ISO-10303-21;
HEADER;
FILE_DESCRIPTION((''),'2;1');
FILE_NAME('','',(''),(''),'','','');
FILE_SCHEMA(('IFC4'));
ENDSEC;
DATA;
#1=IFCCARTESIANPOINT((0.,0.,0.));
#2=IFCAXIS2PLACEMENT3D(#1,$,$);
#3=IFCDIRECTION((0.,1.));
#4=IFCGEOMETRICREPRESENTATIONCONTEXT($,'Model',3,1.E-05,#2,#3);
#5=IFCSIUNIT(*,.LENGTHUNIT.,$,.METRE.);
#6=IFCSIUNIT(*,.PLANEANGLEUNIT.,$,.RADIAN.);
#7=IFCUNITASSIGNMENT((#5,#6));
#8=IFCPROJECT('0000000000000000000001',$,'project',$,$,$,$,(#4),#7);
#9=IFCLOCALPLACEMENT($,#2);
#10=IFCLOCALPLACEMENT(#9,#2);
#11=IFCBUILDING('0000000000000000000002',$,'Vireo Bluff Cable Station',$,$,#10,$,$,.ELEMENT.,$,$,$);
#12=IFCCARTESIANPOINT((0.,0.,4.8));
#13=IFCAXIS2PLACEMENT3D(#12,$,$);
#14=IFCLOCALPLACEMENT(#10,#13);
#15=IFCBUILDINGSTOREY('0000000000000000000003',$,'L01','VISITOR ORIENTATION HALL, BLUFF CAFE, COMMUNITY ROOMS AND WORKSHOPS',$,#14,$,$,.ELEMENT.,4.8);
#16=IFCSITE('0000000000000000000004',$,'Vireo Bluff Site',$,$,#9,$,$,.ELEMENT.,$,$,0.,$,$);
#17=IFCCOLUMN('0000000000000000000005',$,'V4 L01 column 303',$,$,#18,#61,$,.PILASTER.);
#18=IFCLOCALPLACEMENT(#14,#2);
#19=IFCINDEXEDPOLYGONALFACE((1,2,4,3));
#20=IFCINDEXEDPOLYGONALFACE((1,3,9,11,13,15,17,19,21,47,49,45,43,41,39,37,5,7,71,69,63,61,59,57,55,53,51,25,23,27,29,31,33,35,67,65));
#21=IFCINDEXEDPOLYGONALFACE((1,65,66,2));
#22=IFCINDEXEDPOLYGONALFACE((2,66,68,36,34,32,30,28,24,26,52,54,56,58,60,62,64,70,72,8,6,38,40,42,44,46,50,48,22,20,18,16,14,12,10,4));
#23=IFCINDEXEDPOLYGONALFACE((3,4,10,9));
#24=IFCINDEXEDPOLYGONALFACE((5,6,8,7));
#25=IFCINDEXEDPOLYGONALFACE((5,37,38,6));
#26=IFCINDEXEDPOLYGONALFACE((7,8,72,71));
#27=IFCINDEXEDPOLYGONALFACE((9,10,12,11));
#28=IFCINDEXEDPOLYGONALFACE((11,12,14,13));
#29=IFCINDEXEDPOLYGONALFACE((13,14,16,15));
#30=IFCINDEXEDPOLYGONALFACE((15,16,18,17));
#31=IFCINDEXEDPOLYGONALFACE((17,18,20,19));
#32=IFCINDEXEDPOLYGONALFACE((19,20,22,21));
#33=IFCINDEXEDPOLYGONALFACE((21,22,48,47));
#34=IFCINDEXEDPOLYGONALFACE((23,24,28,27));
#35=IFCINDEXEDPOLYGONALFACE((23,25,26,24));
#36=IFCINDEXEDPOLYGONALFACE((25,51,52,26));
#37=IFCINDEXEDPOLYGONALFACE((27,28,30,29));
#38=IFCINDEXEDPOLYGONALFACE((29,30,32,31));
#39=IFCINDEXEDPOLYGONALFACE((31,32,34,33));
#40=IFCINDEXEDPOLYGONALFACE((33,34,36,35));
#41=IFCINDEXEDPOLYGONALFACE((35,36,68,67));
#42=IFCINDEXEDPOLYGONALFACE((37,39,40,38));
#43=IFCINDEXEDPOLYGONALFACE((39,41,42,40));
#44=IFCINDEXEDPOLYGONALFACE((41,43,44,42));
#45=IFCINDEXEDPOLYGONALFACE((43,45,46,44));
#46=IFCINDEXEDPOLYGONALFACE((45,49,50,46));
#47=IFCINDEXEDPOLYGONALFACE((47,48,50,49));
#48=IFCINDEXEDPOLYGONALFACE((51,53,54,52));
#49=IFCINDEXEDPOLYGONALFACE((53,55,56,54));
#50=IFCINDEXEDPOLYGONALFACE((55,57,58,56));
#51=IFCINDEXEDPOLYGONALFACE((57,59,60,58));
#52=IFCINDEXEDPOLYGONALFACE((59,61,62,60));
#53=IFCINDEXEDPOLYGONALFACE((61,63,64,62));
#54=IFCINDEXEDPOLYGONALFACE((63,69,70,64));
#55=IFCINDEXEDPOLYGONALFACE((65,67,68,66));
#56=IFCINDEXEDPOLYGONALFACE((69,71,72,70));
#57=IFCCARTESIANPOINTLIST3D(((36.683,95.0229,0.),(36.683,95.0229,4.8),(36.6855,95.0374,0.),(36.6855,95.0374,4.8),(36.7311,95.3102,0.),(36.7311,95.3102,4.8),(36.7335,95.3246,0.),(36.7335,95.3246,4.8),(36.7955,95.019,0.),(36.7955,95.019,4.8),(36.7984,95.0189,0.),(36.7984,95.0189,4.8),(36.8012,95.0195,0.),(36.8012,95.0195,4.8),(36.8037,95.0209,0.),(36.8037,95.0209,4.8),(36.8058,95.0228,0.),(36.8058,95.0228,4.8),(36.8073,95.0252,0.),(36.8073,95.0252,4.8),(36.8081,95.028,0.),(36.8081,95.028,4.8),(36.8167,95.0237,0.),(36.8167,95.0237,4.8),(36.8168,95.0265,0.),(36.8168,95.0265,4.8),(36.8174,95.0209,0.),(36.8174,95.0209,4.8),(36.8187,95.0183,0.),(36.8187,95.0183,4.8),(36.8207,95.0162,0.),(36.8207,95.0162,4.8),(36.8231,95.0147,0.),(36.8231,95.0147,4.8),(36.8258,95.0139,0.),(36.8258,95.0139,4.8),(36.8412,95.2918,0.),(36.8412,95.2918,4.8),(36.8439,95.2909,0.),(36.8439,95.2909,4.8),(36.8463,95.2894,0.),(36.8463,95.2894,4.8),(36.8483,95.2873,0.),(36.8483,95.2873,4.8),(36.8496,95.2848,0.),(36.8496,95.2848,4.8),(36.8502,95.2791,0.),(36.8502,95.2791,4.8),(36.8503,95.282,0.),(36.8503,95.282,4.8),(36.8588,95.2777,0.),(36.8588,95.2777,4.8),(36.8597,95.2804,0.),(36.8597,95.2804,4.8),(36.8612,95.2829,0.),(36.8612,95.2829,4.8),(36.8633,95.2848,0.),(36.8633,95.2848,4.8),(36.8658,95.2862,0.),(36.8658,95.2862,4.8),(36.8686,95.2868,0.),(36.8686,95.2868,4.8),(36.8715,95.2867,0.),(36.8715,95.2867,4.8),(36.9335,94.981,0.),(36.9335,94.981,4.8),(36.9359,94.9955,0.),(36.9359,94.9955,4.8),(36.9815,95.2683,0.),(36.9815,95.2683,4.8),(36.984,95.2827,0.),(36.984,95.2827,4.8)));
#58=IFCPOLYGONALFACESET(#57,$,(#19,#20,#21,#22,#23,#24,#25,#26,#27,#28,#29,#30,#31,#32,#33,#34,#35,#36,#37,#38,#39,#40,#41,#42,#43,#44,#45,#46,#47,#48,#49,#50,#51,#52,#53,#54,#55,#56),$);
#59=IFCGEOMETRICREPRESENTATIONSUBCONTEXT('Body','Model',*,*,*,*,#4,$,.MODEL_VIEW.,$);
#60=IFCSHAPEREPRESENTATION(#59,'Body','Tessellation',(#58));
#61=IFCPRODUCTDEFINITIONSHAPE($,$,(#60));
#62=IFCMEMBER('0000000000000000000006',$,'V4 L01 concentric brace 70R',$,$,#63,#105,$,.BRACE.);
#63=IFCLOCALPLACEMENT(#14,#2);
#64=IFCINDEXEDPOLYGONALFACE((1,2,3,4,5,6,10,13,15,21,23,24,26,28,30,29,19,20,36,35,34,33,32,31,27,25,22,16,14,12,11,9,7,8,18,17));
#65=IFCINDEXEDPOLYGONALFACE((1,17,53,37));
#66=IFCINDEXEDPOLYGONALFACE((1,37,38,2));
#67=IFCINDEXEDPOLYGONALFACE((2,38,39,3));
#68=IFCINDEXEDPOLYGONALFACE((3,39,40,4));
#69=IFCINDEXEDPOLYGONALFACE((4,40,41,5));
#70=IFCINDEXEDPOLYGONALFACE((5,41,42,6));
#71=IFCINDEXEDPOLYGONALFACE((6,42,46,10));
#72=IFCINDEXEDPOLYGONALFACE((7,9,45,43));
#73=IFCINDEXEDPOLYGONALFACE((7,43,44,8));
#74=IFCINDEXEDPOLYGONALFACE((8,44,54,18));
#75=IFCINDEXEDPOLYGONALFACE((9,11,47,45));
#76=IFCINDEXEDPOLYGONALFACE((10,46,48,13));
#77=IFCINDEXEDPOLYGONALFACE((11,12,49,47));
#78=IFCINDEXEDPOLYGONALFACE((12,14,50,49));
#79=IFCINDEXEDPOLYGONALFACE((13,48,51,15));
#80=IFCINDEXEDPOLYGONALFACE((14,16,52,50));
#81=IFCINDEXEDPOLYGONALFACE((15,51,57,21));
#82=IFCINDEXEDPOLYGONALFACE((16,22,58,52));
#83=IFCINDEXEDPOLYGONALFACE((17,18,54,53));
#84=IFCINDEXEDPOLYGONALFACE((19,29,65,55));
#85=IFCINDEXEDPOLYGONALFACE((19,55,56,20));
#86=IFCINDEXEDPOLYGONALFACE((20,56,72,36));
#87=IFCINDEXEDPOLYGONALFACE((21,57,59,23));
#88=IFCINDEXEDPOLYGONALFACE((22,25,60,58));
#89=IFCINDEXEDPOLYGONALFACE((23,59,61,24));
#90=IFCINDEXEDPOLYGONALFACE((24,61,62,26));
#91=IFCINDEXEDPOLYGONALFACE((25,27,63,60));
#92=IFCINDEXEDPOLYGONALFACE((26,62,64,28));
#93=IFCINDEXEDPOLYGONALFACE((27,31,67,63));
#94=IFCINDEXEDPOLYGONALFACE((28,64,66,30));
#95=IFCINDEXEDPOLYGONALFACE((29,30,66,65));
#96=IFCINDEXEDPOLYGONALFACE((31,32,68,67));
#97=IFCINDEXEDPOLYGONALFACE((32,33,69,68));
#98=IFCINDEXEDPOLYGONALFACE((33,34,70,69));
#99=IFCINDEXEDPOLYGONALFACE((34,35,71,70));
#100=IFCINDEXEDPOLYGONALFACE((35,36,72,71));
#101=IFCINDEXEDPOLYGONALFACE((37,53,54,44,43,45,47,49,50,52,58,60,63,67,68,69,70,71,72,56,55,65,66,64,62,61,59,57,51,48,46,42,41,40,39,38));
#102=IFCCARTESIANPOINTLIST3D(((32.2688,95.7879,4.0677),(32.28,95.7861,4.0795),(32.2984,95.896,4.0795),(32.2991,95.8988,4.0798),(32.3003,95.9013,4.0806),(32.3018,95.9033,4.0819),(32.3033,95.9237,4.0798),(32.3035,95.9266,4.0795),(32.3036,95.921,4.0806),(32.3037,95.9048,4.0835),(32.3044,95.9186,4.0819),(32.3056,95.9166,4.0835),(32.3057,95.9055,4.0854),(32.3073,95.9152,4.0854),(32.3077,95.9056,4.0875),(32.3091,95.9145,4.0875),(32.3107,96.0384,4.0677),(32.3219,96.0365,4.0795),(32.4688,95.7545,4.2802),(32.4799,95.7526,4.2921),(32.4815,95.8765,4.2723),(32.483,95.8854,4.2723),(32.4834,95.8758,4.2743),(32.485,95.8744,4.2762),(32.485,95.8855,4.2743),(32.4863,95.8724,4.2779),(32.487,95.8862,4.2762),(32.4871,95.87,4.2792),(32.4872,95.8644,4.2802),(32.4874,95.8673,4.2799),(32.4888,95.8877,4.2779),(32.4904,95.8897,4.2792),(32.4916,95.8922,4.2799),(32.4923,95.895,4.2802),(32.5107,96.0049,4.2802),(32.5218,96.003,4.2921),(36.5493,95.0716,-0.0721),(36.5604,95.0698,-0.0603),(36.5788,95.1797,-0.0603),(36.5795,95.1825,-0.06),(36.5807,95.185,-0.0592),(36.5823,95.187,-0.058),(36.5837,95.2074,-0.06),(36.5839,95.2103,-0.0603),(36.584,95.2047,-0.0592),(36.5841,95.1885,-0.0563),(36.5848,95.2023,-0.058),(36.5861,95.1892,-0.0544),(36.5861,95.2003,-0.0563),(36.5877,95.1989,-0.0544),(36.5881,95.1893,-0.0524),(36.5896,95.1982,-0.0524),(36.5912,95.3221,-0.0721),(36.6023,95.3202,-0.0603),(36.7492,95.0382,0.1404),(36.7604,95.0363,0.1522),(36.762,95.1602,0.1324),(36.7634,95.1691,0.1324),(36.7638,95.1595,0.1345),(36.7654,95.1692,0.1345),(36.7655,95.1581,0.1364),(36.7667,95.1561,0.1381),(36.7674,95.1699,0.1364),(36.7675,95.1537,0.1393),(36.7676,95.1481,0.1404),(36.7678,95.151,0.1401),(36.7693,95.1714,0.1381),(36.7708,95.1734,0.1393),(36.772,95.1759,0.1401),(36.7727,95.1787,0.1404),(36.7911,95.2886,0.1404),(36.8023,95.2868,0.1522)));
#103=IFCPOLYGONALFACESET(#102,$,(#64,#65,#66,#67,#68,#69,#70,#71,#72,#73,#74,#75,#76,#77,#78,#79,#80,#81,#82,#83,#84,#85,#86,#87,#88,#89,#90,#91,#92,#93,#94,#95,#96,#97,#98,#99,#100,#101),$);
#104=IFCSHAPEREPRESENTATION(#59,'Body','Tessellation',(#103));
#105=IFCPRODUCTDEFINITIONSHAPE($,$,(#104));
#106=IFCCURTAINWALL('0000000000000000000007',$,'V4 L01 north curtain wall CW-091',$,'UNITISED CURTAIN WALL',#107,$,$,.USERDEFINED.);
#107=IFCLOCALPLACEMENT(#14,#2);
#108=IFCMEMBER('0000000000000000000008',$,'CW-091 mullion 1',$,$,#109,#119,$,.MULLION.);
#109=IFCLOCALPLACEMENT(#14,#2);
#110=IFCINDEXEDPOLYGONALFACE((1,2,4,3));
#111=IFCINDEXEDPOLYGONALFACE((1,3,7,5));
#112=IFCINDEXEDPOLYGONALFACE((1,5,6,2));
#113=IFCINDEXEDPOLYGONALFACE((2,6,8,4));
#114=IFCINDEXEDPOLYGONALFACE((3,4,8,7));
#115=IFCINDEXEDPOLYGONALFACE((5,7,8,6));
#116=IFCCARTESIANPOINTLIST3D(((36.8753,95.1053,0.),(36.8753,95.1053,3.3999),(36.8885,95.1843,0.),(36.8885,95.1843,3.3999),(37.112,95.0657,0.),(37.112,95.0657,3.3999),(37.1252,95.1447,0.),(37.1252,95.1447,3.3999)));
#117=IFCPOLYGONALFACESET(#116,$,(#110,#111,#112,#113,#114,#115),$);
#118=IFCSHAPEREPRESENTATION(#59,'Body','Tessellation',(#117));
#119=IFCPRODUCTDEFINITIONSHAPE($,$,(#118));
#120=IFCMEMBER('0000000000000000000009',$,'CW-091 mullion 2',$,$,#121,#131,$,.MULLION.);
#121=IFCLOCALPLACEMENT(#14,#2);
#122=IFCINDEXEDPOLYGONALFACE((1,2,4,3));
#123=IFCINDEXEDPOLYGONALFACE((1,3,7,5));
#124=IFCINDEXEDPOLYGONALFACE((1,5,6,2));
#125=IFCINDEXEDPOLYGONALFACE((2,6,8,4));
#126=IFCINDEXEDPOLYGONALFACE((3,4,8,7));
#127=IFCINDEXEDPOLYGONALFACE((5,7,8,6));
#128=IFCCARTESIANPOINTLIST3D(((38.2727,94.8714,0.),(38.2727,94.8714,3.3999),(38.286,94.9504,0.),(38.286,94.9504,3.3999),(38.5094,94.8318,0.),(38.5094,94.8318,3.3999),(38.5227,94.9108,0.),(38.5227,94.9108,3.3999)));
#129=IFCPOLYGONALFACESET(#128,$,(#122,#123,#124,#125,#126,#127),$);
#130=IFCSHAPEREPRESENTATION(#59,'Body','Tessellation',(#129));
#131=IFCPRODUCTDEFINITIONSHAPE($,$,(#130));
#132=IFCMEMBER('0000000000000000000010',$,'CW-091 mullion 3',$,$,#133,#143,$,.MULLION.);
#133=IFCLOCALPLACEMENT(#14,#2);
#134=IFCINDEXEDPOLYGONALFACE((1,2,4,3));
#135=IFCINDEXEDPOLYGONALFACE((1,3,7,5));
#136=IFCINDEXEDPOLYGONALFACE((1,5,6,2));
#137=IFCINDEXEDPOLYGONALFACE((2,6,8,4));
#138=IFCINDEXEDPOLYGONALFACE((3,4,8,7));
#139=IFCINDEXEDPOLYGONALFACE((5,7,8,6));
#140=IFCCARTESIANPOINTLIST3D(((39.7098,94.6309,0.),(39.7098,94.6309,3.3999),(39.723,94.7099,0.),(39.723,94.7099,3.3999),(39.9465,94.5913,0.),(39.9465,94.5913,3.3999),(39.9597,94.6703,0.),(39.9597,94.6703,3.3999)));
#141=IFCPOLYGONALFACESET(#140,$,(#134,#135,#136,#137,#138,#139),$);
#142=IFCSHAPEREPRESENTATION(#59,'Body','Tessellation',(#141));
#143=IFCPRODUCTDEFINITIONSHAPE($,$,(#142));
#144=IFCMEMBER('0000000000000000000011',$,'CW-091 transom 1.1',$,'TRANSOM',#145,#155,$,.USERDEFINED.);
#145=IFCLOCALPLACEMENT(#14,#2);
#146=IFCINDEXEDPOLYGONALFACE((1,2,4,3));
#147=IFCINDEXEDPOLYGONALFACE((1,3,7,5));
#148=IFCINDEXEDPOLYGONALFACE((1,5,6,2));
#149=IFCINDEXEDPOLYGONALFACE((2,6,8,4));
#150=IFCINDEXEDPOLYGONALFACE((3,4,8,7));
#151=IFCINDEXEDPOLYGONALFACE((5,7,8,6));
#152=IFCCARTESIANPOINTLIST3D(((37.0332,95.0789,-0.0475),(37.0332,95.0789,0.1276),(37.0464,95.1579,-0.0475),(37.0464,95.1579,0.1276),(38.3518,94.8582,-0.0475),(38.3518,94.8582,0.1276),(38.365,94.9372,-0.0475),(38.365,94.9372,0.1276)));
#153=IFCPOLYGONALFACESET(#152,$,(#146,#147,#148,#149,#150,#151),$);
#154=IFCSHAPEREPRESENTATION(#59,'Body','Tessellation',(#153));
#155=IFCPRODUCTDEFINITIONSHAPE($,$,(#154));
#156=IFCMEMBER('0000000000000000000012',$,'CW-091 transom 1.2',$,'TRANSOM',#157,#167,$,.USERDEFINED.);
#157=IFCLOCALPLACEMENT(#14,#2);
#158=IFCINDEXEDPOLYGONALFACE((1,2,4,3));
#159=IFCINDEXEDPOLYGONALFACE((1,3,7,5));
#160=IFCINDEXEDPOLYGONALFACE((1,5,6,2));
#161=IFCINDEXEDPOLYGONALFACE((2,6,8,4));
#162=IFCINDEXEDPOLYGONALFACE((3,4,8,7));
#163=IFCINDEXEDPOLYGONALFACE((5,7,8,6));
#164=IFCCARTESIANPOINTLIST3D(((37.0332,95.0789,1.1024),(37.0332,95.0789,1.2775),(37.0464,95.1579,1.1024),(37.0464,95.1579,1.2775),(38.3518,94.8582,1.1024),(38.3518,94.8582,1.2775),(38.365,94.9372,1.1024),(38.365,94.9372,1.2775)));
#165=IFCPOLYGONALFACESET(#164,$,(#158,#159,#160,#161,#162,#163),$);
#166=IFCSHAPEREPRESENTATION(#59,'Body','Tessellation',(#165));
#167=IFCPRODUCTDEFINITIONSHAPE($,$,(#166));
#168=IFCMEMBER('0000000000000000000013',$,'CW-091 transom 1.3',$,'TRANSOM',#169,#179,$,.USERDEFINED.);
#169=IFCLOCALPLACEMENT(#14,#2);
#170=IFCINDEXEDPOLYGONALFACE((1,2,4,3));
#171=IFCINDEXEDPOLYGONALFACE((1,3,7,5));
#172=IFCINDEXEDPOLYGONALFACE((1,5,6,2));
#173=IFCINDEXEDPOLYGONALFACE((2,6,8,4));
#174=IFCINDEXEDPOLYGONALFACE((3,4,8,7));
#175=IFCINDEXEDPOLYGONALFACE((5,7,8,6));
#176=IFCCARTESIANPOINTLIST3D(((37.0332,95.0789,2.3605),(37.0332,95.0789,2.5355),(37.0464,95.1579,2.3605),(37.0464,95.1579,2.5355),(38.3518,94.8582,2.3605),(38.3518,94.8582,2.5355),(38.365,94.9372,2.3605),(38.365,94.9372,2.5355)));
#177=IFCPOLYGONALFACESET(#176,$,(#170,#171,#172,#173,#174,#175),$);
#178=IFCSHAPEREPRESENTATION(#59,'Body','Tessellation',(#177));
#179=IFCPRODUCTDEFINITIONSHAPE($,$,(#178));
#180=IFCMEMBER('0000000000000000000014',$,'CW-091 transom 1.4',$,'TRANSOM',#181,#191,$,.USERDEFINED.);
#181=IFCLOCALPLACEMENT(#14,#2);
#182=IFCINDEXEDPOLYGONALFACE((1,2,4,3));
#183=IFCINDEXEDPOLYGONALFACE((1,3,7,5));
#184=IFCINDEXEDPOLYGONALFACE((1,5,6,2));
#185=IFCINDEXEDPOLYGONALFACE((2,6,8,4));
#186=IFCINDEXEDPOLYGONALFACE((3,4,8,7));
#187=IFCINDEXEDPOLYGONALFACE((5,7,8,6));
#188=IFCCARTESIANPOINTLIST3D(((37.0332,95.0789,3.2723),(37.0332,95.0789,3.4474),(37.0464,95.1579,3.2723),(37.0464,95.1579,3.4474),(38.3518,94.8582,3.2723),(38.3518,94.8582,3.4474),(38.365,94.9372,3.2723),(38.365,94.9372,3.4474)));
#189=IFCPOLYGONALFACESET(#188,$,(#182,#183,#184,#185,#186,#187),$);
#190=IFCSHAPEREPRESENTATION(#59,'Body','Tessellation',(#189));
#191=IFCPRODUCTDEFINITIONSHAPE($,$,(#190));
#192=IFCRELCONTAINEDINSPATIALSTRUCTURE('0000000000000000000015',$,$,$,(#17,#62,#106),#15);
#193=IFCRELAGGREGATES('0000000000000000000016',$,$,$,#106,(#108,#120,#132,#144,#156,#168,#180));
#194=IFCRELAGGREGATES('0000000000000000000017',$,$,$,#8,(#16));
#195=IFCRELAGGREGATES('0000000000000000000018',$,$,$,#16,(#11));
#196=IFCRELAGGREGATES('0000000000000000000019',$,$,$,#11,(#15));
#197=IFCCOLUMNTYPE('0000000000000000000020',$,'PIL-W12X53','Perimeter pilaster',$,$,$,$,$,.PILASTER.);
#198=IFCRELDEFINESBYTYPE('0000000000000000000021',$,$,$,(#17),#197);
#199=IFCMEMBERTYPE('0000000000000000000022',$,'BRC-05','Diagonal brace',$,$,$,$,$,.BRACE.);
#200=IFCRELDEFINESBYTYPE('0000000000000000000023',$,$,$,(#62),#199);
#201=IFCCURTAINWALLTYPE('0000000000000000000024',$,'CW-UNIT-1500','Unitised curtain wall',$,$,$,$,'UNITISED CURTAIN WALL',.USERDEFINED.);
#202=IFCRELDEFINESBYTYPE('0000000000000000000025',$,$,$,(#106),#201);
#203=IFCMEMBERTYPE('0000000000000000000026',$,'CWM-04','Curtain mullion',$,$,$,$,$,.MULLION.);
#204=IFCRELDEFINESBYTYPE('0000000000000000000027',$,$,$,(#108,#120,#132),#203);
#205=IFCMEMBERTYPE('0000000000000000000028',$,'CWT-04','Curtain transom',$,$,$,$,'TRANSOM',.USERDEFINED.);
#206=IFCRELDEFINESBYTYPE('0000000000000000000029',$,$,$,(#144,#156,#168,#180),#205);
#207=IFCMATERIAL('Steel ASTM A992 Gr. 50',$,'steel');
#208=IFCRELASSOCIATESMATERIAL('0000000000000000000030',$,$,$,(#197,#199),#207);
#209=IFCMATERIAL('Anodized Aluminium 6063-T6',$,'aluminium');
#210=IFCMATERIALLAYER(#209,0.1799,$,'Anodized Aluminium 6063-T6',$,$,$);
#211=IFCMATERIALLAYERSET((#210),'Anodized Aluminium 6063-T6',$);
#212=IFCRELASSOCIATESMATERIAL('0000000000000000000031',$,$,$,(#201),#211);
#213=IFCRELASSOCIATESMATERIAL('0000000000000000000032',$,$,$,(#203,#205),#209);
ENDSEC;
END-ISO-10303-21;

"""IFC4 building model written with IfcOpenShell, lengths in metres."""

from ifc_helpers import new_model, si_unit, direction, frame, origin, origin_2d, place, context, subcontext, project, spatial, rectangle, i_section, extrude, material, layer, layer_set, material_profile, profile_set, type_object, element, aggregate, save


model = new_model("IFC4")

# Units and contexts
model_context = context("Model", 3, precision=1e-05, world=origin(), true_north=direction((0.0, 1.0)))
body_context = subcontext(model_context, "Body", "Model", "MODEL_VIEW")
ifc_project = project(units=[si_unit("LENGTHUNIT", "METRE"), si_unit("PLANEANGLEUNIT", "RADIAN")], contexts=[model_context])

# Site, building, storey
site_placement = place(None, origin())
site = spatial("IfcSite", under=ifc_project, at=site_placement, Name="Vireo Bluff Site", CompositionType="ELEMENT", RefElevation=0.0)
building_placement = place(site_placement, origin())
building = spatial("IfcBuilding", under=site, at=building_placement, Name="Vireo Bluff Cable Station", CompositionType="ELEMENT")
storey_placement = place(building_placement, frame((0.0, 0.0, 4.8)))
storey = spatial("IfcBuildingStorey", under=building, at=storey_placement, Name="L01", Description="VISITOR ORIENTATION HALL, BLUFF CAFE, COMMUNITY ROOMS AND WORKSHOPS", CompositionType="ELEMENT", Elevation=4.8)

# Column
ifc_material_1 = material(Name="Steel ASTM A992 Gr. 50", Category="steel")
ifc_material_profile_1 = material_profile(ifc_material_1, i_section(OverallWidth=0.2539, OverallDepth=0.3059, WebThickness=0.0088, FlangeThickness=0.0146, FilletRadius=0.011, at=origin_2d()), Name="W12X53")
ifc_profile_set_1 = profile_set([ifc_material_profile_1], Name="Steel ASTM A992 Gr. 50")
column_type = type_object("IfcColumnType", Name="PIL-W12X53", Description="Perimeter pilaster", PredefinedType="PILASTER", material=ifc_profile_set_1)
column_placement = place(storey_placement, frame((36.8335, 95.1528, 0.0), z_axis=(0.0, 0.0, 1.0), x_axis=(0.986286, -0.165048, 0.0)))
element("IfcColumn", 1, at=column_placement, inside=storey, type_object=column_type, Name="V4 L01 column 303", PredefinedType="PILASTER", context=body_context, shape_type="SweptSolid", body=[
    extrude(i_section(OverallWidth=0.2539, OverallDepth=0.3059, WebThickness=0.0088, FlangeThickness=0.0146, FilletRadius=0.011, at=origin_2d()), origin(), (0.0, 0.0, 1.0), 4.8),
])

# Member
ifc_material_profile_2 = material_profile(ifc_material_1, i_section(OverallWidth=0.2539, OverallDepth=0.3101, WebThickness=0.009, FlangeThickness=0.0164, FilletRadius=0.011, at=origin_2d()), Name="W12X58")
ifc_profile_set_2 = profile_set([ifc_material_profile_2], Name="Steel ASTM A992 Gr. 50")
member_type_1 = type_object("IfcMemberType", Name="BRC-05", Description="Diagonal brace", PredefinedType="BRACE", material=ifc_profile_set_2)
member_1_placement = place(storey_placement, frame((36.6758, 95.1792, 0.04), z_axis=(-0.713671, 0.119427, 0.690225), x_axis=(-0.165047, -0.986286, 0.0)))
element("IfcMember", 2, at=member_1_placement, inside=storey, type_object=member_type_1, Name="V4 L01 concentric brace 70R", PredefinedType="BRACE", context=body_context, shape_type="SweptSolid", body=[
    extrude(i_section(OverallWidth=0.2539, OverallDepth=0.3101, WebThickness=0.009, FlangeThickness=0.0164, FilletRadius=0.011, at=origin_2d()), origin(), (0.0, 0.0, 1.0), 5.9978),
])

# Curtain wall, members
ifc_material_2 = material(Name="Anodized Aluminium 6063-T6", Category="aluminium")
ifc_layer_1 = layer(ifc_material_2, 0.1799, Name="Anodized Aluminium 6063-T6")
ifc_layer_set_1 = layer_set([ifc_layer_1], Name="Anodized Aluminium 6063-T6")
curtain_wall_type = type_object("IfcCurtainWallType", Name="CW-UNIT-1500", Description="Unitised curtain wall", ElementType="UNITISED CURTAIN WALL", PredefinedType="USERDEFINED", material=ifc_layer_set_1)
curtain_wall_placement = place(storey_placement, origin())
curtain_wall = element("IfcCurtainWall", 3, at=curtain_wall_placement, inside=storey, type_object=curtain_wall_type, Name="V4 L01 north curtain wall CW-091", ObjectType="UNITISED CURTAIN WALL", PredefinedType="USERDEFINED")
ifc_material_profile_3 = material_profile(ifc_material_2, rectangle(XDim=0.0801, YDim=0.24, at=origin_2d()), Name="ALU-M-80X240")
ifc_profile_set_3 = profile_set([ifc_material_profile_3], Name="Anodized Aluminium 6063-T6")
member_type_2 = type_object("IfcMemberType", Name="CWM-04", Description="Curtain mullion", PredefinedType="MULLION", material=ifc_profile_set_3)
member_2_placement = place(storey_placement, frame((37.0002, 95.125, 0.0), z_axis=(0.0, 0.0, 1.0), x_axis=(0.165048, 0.986286, 0.0)))
member_2 = element("IfcMember", 4, at=member_2_placement, type_object=member_type_2, Name="CW-091 mullion 1", PredefinedType="MULLION", context=body_context, shape_type="SweptSolid", body=[
    extrude(rectangle(XDim=0.0801, YDim=0.24, at=origin_2d()), origin(), (0.0, 0.0, 1.0), 3.3999),
])
member_3_placement = place(storey_placement, frame((38.3977, 94.8911, 0.0), z_axis=(0.0, 0.0, 1.0), x_axis=(0.165048, 0.986286, 0.0)))
member_3 = element("IfcMember", 5, at=member_3_placement, type_object=member_type_2, Name="CW-091 mullion 2", PredefinedType="MULLION", context=body_context, shape_type="SweptSolid", body=[
    extrude(rectangle(XDim=0.0801, YDim=0.24, at=origin_2d()), origin(), (0.0, 0.0, 1.0), 3.3999),
])
member_4_placement = place(storey_placement, frame((39.8347, 94.6506, 0.0), z_axis=(0.0, 0.0, 1.0), x_axis=(0.165048, 0.986286, 0.0)))
member_4 = element("IfcMember", 6, at=member_4_placement, type_object=member_type_2, Name="CW-091 mullion 3", PredefinedType="MULLION", context=body_context, shape_type="SweptSolid", body=[
    extrude(rectangle(XDim=0.0801, YDim=0.24, at=origin_2d()), origin(), (0.0, 0.0, 1.0), 3.3999),
])
ifc_material_profile_4 = material_profile(ifc_material_2, rectangle(XDim=0.0801, YDim=0.175, at=origin_2d()), Name="ALU-T-80X175")
ifc_profile_set_4 = profile_set([ifc_material_profile_4], Name="Anodized Aluminium 6063-T6")
member_type_3 = type_object("IfcMemberType", Name="CWT-04", Description="Curtain transom", ElementType="TRANSOM", PredefinedType="USERDEFINED", material=ifc_profile_set_4)
member_5_placement = place(storey_placement, frame((37.0398, 95.1184, 0.04), z_axis=(0.98628, -0.16508, 0.0), x_axis=(0.16508, 0.98628, 0.0)))
member_5 = element("IfcMember", 7, at=member_5_placement, type_object=member_type_3, Name="CW-091 transom 1.1", ObjectType="TRANSOM", PredefinedType="USERDEFINED", context=body_context, shape_type="SweptSolid", body=[
    extrude(rectangle(XDim=0.0801, YDim=0.175, at=origin_2d()), origin(), (0.0, 0.0, 1.0), 1.3369),
])
member_6_placement = place(storey_placement, frame((37.0398, 95.1184, 1.1899), z_axis=(0.98628, -0.16508, 0.0), x_axis=(0.16508, 0.98628, 0.0)))
member_6 = element("IfcMember", 8, at=member_6_placement, type_object=member_type_3, Name="CW-091 transom 1.2", ObjectType="TRANSOM", PredefinedType="USERDEFINED", context=body_context, shape_type="SweptSolid", body=[
    extrude(rectangle(XDim=0.0801, YDim=0.175, at=origin_2d()), origin(), (0.0, 0.0, 1.0), 1.3369),
])
member_7_placement = place(storey_placement, frame((37.0398, 95.1184, 2.448), z_axis=(0.98628, -0.16508, 0.0), x_axis=(0.16508, 0.98628, 0.0)))
member_7 = element("IfcMember", 9, at=member_7_placement, type_object=member_type_3, Name="CW-091 transom 1.3", ObjectType="TRANSOM", PredefinedType="USERDEFINED", context=body_context, shape_type="SweptSolid", body=[
    extrude(rectangle(XDim=0.0801, YDim=0.175, at=origin_2d()), origin(), (0.0, 0.0, 1.0), 1.3369),
])
member_8_placement = place(storey_placement, frame((37.0398, 95.1184, 3.3599), z_axis=(0.98628, -0.16508, 0.0), x_axis=(0.16508, 0.98628, 0.0)))
member_8 = element("IfcMember", 10, at=member_8_placement, type_object=member_type_3, Name="CW-091 transom 1.4", ObjectType="TRANSOM", PredefinedType="USERDEFINED", context=body_context, shape_type="SweptSolid", body=[
    extrude(rectangle(XDim=0.0801, YDim=0.175, at=origin_2d()), origin(), (0.0, 0.0, 1.0), 1.3369),
])

aggregate(curtain_wall, [member_2, member_3, member_4, member_5, member_6, member_7, member_8])

save(model, "model.ifc")
